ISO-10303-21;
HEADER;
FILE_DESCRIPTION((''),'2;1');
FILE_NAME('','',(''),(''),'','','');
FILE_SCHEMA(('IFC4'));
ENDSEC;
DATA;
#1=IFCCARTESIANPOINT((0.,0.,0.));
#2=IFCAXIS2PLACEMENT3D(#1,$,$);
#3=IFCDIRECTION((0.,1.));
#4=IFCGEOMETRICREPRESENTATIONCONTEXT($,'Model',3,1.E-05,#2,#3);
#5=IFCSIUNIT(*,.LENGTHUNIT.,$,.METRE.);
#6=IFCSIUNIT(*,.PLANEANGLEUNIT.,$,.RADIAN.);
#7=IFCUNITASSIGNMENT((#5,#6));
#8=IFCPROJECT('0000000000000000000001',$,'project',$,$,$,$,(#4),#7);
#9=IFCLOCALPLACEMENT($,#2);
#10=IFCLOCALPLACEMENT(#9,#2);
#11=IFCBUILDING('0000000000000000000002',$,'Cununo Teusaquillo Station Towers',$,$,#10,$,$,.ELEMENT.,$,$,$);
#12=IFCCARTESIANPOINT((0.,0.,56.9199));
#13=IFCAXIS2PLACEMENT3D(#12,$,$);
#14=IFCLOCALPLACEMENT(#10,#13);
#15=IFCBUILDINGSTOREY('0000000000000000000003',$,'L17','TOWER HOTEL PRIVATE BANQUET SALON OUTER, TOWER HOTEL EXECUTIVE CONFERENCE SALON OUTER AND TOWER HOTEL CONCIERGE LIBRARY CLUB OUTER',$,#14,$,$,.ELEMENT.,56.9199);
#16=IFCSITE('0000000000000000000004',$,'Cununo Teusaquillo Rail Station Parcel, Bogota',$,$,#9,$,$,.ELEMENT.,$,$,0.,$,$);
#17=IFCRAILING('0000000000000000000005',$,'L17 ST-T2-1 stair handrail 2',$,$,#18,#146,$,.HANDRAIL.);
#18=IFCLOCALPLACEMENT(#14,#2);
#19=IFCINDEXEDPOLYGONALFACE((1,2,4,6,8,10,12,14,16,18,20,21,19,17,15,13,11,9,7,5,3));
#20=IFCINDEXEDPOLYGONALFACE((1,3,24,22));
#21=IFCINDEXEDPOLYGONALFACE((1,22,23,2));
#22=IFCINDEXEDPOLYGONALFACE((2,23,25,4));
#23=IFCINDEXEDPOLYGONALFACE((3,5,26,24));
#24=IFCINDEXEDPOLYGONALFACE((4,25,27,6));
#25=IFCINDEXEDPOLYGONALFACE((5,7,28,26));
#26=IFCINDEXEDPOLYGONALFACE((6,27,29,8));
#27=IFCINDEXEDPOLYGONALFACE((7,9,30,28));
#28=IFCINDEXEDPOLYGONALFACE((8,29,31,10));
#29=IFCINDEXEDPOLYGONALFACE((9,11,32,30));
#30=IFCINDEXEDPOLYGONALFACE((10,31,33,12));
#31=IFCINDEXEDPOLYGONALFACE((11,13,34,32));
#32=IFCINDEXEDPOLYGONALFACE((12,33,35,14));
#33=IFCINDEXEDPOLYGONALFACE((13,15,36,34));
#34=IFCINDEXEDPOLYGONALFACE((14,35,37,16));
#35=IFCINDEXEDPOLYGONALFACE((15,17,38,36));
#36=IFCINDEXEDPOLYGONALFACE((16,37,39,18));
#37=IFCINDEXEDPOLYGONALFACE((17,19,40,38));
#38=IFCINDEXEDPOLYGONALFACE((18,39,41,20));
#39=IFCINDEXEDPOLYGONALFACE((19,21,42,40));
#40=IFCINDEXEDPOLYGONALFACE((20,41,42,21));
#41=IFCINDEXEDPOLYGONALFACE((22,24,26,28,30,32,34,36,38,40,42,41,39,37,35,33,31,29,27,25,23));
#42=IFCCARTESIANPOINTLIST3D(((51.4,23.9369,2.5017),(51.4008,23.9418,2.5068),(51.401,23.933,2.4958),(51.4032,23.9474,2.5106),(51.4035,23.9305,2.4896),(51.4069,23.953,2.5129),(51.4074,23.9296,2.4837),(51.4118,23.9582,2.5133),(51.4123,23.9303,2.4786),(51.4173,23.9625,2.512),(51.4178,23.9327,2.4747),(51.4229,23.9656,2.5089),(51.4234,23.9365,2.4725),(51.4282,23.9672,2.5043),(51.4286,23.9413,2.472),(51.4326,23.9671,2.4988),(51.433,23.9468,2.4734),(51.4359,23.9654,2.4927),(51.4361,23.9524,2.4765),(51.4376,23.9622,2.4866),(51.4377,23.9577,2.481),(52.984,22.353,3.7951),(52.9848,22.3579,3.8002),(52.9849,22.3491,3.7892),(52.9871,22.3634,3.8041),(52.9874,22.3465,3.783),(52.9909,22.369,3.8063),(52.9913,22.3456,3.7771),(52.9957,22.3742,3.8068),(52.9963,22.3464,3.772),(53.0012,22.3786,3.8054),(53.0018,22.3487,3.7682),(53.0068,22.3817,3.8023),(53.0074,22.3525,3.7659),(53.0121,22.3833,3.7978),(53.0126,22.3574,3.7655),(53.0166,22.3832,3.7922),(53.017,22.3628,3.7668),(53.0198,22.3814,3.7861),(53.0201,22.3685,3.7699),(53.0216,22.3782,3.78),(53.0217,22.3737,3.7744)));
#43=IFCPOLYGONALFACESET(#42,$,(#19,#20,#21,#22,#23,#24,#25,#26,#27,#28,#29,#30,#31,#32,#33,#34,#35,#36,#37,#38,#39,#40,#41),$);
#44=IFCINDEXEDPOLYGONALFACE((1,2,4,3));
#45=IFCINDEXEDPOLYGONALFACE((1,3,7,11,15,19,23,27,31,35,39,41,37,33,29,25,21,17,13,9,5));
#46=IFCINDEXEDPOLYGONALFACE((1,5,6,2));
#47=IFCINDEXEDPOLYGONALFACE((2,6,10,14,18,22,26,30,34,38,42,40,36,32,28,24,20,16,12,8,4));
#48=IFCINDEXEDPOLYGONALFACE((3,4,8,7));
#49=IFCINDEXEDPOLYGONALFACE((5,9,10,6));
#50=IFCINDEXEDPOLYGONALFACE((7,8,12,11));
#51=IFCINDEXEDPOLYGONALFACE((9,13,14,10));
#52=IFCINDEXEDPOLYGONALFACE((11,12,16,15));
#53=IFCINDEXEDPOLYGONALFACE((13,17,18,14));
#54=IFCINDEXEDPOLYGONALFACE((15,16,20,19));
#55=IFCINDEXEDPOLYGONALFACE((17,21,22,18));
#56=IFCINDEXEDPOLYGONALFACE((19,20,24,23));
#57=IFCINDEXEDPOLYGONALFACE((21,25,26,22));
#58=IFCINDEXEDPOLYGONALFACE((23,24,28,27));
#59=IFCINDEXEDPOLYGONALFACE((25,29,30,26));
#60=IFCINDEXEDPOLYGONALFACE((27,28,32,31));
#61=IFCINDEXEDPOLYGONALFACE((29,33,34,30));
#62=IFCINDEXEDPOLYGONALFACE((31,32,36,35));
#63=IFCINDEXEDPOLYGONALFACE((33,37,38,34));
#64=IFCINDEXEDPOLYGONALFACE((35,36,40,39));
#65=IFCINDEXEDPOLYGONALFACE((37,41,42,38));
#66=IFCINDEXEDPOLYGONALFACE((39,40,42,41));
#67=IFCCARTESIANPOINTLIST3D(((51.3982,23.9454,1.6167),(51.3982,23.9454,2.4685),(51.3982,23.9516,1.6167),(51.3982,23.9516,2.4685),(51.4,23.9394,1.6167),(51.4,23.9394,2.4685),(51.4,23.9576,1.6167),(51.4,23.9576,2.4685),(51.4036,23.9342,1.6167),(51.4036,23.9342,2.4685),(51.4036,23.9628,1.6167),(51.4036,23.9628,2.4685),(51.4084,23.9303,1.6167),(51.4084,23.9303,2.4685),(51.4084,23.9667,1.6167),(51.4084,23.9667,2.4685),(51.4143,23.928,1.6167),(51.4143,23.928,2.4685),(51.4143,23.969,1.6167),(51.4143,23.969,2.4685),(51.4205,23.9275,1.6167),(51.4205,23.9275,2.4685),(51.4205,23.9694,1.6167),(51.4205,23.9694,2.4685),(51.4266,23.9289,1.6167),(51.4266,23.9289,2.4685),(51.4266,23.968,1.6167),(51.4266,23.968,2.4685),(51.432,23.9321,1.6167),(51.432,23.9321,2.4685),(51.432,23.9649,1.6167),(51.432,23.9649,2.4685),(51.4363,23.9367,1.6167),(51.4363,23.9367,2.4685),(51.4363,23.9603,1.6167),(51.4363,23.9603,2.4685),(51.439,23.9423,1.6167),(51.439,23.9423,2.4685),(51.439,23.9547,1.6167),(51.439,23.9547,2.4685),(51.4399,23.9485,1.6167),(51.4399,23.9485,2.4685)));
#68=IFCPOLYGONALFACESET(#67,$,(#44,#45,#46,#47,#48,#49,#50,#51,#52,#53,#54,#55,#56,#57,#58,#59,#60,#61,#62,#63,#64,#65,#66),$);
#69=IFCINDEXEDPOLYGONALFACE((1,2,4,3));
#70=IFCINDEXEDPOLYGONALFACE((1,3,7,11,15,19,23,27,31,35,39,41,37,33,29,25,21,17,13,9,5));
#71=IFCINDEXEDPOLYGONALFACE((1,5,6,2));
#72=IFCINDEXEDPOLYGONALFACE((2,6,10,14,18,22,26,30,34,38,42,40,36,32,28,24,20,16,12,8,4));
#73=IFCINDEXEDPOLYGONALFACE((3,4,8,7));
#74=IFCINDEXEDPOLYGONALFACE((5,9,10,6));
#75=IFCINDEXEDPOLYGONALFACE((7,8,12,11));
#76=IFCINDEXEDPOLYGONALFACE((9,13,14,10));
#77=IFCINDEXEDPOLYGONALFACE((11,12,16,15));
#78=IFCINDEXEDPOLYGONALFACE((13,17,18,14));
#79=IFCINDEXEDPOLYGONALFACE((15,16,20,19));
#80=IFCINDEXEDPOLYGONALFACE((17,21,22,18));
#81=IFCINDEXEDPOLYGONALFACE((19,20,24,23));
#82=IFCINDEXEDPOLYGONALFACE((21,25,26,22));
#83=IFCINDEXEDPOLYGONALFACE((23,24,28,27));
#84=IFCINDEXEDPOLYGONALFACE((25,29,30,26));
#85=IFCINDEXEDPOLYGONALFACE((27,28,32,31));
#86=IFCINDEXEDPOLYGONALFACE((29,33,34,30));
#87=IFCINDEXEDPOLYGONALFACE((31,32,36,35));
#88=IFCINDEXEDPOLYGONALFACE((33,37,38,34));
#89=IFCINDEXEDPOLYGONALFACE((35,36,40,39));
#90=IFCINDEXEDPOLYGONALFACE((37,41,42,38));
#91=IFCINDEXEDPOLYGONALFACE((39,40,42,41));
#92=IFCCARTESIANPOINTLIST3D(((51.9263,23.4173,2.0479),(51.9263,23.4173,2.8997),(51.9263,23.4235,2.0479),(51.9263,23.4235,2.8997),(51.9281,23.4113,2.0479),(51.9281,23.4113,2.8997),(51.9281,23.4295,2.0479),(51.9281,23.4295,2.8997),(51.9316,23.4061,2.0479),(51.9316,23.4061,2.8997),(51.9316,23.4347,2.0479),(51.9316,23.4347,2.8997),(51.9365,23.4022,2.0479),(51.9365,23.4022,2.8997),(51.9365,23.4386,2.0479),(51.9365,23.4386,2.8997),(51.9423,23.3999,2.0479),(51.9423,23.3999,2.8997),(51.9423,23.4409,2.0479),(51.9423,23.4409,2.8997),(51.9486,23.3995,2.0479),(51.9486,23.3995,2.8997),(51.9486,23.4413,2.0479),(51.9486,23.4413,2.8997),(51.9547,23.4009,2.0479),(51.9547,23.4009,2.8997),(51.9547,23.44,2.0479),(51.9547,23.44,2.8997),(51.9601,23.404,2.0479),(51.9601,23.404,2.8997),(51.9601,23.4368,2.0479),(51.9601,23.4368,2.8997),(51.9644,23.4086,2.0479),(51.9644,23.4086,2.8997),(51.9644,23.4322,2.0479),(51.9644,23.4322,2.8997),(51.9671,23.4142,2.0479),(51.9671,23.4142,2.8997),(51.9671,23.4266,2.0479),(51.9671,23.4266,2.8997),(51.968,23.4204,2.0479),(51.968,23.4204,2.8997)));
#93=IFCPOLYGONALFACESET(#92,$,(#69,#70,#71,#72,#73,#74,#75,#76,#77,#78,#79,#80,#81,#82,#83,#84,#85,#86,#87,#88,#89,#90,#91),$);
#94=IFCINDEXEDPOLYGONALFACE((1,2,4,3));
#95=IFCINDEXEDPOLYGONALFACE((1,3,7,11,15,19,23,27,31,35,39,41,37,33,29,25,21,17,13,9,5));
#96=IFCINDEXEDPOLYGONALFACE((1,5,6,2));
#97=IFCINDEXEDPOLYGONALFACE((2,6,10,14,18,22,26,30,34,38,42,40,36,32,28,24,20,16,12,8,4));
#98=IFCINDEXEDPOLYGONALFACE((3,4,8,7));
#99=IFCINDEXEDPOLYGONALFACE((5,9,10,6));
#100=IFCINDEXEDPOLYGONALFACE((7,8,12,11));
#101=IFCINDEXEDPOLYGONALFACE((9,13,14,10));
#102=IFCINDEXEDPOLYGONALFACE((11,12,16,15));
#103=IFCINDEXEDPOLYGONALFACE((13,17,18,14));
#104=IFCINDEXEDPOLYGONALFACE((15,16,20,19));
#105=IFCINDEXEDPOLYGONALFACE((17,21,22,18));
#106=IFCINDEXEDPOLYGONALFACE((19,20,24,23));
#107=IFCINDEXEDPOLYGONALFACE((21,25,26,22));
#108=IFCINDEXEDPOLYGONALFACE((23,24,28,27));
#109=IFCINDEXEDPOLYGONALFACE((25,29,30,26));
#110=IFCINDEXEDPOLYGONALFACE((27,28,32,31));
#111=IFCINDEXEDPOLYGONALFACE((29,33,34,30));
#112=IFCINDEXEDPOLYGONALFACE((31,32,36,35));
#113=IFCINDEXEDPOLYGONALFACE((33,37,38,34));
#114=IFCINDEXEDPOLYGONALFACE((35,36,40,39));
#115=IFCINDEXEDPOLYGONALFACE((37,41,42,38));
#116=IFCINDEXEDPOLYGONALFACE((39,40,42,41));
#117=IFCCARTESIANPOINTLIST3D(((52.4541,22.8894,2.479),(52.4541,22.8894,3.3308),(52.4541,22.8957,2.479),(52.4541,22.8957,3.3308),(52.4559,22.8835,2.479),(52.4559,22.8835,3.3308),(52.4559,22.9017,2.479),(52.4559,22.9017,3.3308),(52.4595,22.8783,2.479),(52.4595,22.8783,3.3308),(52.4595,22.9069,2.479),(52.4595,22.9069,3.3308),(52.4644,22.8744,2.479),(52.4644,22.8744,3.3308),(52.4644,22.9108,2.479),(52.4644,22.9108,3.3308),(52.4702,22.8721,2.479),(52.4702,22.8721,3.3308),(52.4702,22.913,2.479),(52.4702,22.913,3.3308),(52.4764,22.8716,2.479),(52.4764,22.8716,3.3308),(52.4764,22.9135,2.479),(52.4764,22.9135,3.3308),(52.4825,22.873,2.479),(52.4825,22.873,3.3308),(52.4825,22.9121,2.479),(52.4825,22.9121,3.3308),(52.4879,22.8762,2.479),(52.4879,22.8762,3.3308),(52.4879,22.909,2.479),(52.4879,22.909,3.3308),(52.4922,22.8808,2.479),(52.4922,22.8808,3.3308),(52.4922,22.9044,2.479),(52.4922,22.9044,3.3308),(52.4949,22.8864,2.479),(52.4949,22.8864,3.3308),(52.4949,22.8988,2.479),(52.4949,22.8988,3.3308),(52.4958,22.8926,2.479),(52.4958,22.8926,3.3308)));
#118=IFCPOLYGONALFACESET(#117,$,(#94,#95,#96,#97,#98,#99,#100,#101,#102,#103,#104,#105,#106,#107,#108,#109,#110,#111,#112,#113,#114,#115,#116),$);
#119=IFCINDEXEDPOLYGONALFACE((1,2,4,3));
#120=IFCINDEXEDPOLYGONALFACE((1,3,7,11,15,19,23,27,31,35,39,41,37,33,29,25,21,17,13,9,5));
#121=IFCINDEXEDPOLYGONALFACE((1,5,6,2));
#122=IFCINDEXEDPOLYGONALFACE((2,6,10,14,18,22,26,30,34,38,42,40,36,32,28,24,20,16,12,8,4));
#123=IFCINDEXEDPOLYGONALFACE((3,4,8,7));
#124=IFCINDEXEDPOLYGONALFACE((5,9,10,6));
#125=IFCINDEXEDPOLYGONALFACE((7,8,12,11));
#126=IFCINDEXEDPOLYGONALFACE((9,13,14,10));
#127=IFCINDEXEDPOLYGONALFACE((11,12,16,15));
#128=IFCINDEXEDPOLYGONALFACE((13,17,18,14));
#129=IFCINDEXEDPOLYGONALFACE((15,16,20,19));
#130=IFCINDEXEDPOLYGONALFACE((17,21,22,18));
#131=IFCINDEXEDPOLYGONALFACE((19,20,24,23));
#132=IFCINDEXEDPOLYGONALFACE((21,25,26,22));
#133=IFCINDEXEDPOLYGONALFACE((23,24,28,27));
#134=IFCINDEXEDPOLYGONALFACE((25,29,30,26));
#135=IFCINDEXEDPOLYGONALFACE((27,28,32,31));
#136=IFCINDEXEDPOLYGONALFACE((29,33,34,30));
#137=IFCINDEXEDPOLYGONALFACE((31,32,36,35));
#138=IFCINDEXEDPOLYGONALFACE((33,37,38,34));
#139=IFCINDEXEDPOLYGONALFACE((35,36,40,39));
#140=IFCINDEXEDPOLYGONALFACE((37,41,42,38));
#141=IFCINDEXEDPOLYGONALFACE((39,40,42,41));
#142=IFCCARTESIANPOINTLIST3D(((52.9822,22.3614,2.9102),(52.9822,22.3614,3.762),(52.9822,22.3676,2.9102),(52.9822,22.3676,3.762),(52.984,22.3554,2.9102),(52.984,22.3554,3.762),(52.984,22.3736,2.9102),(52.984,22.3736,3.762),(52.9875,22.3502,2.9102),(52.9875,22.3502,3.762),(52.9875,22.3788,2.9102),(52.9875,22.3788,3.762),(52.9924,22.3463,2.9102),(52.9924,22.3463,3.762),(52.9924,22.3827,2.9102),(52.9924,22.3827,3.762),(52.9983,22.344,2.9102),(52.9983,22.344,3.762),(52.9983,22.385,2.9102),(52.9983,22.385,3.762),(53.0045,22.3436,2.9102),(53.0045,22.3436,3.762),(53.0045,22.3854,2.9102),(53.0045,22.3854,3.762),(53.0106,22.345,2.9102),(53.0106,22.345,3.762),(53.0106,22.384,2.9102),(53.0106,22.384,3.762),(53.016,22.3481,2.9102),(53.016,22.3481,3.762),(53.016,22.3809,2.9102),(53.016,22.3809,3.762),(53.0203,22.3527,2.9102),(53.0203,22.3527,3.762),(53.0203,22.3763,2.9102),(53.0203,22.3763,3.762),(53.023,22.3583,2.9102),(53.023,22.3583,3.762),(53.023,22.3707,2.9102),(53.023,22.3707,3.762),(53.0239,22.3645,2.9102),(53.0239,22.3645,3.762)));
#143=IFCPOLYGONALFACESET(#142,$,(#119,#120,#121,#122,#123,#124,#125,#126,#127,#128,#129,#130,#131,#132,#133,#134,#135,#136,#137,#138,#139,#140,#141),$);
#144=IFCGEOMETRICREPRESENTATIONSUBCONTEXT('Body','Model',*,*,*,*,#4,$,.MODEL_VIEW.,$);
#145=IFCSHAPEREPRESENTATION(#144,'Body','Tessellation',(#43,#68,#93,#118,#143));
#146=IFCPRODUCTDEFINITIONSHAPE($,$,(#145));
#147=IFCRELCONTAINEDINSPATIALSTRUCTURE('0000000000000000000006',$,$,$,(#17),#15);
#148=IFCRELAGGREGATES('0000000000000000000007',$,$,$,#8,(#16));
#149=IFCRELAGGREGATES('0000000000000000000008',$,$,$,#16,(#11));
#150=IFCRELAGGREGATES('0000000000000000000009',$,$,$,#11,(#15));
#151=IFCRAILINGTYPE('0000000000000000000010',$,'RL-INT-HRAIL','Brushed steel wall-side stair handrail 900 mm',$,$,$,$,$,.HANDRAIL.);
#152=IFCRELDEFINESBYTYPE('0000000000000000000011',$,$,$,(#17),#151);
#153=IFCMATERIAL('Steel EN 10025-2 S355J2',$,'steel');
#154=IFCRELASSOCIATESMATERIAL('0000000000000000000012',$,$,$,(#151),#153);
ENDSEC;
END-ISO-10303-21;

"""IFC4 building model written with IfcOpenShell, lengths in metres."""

from ifc_helpers import new_model, si_unit, direction, frame, origin, origin_2d, place, context, subcontext, project, spatial, circle, extrude, material, type_object, element, save


model = new_model("IFC4")

# Units and contexts
model_context = context("Model", 3, precision=1e-05, world=origin(), true_north=direction((0.0, 1.0)))
body_context = subcontext(model_context, "Body", "Model", "MODEL_VIEW")
ifc_project = project(units=[si_unit("LENGTHUNIT", "METRE"), si_unit("PLANEANGLEUNIT", "RADIAN")], contexts=[model_context])

# Site, building, storey
site_placement = place(None, origin())
site = spatial("IfcSite", under=ifc_project, at=site_placement, Name="Cununo Teusaquillo Rail Station Parcel, Bogota", CompositionType="ELEMENT", RefElevation=0.0)
building_placement = place(site_placement, origin())
building = spatial("IfcBuilding", under=site, at=building_placement, Name="Cununo Teusaquillo Station Towers", CompositionType="ELEMENT")
storey_placement = place(building_placement, frame((0.0, 0.0, 56.9199)))
storey = spatial("IfcBuildingStorey", under=building, at=storey_placement, Name="L17", Description="TOWER HOTEL PRIVATE BANQUET SALON OUTER, TOWER HOTEL EXECUTIVE CONFERENCE SALON OUTER AND TOWER HOTEL CONCIERGE LIBRARY CLUB OUTER", CompositionType="ELEMENT", Elevation=56.9199)

# Railing
ifc_material_1 = material(Name="Steel EN 10025-2 S355J2", Category="steel")
railing_type_1 = type_object("IfcRailingType", Name="RL-INT-HRAIL", Description="Brushed steel wall-side stair handrail 900 mm", PredefinedType="HANDRAIL", material=ifc_material_1)
railing_1_placement = place(storey_placement, frame((51.4189, 23.9485, 1.6167)))
element("IfcRailing", 1, at=railing_1_placement, inside=storey, type_object=railing_type_1, Name="L17 ST-T2-1 stair handrail 2", PredefinedType="HANDRAIL", context=body_context, shape_type="SweptSolid", body=[
    extrude(circle(Radius=0.0239, at=origin_2d()), frame((0.0, 0.0, 0.876), z_axis=(0.612356, -0.612356, 0.50004), x_axis=(0.707107, 0.707107, 0.0)), (0.0, 0.0, 1.0), 2.5867),
    extrude(circle(Radius=0.021, at=origin_2d()), origin(), (0.0, 0.0, 1.0), 0.8518),
    extrude(circle(Radius=0.021, at=origin_2d()), frame((0.5281, -0.5281, 0.4312)), (0.0, 0.0, 1.0), 0.8518),
    extrude(circle(Radius=0.021, at=origin_2d()), frame((1.0559, -1.0559, 0.8623)), (0.0, 0.0, 1.0), 0.8518),
    extrude(circle(Radius=0.021, at=origin_2d()), frame((1.584, -1.584, 1.2935)), (0.0, 0.0, 1.0), 0.8518),
])

save(model, "model.ifc")
